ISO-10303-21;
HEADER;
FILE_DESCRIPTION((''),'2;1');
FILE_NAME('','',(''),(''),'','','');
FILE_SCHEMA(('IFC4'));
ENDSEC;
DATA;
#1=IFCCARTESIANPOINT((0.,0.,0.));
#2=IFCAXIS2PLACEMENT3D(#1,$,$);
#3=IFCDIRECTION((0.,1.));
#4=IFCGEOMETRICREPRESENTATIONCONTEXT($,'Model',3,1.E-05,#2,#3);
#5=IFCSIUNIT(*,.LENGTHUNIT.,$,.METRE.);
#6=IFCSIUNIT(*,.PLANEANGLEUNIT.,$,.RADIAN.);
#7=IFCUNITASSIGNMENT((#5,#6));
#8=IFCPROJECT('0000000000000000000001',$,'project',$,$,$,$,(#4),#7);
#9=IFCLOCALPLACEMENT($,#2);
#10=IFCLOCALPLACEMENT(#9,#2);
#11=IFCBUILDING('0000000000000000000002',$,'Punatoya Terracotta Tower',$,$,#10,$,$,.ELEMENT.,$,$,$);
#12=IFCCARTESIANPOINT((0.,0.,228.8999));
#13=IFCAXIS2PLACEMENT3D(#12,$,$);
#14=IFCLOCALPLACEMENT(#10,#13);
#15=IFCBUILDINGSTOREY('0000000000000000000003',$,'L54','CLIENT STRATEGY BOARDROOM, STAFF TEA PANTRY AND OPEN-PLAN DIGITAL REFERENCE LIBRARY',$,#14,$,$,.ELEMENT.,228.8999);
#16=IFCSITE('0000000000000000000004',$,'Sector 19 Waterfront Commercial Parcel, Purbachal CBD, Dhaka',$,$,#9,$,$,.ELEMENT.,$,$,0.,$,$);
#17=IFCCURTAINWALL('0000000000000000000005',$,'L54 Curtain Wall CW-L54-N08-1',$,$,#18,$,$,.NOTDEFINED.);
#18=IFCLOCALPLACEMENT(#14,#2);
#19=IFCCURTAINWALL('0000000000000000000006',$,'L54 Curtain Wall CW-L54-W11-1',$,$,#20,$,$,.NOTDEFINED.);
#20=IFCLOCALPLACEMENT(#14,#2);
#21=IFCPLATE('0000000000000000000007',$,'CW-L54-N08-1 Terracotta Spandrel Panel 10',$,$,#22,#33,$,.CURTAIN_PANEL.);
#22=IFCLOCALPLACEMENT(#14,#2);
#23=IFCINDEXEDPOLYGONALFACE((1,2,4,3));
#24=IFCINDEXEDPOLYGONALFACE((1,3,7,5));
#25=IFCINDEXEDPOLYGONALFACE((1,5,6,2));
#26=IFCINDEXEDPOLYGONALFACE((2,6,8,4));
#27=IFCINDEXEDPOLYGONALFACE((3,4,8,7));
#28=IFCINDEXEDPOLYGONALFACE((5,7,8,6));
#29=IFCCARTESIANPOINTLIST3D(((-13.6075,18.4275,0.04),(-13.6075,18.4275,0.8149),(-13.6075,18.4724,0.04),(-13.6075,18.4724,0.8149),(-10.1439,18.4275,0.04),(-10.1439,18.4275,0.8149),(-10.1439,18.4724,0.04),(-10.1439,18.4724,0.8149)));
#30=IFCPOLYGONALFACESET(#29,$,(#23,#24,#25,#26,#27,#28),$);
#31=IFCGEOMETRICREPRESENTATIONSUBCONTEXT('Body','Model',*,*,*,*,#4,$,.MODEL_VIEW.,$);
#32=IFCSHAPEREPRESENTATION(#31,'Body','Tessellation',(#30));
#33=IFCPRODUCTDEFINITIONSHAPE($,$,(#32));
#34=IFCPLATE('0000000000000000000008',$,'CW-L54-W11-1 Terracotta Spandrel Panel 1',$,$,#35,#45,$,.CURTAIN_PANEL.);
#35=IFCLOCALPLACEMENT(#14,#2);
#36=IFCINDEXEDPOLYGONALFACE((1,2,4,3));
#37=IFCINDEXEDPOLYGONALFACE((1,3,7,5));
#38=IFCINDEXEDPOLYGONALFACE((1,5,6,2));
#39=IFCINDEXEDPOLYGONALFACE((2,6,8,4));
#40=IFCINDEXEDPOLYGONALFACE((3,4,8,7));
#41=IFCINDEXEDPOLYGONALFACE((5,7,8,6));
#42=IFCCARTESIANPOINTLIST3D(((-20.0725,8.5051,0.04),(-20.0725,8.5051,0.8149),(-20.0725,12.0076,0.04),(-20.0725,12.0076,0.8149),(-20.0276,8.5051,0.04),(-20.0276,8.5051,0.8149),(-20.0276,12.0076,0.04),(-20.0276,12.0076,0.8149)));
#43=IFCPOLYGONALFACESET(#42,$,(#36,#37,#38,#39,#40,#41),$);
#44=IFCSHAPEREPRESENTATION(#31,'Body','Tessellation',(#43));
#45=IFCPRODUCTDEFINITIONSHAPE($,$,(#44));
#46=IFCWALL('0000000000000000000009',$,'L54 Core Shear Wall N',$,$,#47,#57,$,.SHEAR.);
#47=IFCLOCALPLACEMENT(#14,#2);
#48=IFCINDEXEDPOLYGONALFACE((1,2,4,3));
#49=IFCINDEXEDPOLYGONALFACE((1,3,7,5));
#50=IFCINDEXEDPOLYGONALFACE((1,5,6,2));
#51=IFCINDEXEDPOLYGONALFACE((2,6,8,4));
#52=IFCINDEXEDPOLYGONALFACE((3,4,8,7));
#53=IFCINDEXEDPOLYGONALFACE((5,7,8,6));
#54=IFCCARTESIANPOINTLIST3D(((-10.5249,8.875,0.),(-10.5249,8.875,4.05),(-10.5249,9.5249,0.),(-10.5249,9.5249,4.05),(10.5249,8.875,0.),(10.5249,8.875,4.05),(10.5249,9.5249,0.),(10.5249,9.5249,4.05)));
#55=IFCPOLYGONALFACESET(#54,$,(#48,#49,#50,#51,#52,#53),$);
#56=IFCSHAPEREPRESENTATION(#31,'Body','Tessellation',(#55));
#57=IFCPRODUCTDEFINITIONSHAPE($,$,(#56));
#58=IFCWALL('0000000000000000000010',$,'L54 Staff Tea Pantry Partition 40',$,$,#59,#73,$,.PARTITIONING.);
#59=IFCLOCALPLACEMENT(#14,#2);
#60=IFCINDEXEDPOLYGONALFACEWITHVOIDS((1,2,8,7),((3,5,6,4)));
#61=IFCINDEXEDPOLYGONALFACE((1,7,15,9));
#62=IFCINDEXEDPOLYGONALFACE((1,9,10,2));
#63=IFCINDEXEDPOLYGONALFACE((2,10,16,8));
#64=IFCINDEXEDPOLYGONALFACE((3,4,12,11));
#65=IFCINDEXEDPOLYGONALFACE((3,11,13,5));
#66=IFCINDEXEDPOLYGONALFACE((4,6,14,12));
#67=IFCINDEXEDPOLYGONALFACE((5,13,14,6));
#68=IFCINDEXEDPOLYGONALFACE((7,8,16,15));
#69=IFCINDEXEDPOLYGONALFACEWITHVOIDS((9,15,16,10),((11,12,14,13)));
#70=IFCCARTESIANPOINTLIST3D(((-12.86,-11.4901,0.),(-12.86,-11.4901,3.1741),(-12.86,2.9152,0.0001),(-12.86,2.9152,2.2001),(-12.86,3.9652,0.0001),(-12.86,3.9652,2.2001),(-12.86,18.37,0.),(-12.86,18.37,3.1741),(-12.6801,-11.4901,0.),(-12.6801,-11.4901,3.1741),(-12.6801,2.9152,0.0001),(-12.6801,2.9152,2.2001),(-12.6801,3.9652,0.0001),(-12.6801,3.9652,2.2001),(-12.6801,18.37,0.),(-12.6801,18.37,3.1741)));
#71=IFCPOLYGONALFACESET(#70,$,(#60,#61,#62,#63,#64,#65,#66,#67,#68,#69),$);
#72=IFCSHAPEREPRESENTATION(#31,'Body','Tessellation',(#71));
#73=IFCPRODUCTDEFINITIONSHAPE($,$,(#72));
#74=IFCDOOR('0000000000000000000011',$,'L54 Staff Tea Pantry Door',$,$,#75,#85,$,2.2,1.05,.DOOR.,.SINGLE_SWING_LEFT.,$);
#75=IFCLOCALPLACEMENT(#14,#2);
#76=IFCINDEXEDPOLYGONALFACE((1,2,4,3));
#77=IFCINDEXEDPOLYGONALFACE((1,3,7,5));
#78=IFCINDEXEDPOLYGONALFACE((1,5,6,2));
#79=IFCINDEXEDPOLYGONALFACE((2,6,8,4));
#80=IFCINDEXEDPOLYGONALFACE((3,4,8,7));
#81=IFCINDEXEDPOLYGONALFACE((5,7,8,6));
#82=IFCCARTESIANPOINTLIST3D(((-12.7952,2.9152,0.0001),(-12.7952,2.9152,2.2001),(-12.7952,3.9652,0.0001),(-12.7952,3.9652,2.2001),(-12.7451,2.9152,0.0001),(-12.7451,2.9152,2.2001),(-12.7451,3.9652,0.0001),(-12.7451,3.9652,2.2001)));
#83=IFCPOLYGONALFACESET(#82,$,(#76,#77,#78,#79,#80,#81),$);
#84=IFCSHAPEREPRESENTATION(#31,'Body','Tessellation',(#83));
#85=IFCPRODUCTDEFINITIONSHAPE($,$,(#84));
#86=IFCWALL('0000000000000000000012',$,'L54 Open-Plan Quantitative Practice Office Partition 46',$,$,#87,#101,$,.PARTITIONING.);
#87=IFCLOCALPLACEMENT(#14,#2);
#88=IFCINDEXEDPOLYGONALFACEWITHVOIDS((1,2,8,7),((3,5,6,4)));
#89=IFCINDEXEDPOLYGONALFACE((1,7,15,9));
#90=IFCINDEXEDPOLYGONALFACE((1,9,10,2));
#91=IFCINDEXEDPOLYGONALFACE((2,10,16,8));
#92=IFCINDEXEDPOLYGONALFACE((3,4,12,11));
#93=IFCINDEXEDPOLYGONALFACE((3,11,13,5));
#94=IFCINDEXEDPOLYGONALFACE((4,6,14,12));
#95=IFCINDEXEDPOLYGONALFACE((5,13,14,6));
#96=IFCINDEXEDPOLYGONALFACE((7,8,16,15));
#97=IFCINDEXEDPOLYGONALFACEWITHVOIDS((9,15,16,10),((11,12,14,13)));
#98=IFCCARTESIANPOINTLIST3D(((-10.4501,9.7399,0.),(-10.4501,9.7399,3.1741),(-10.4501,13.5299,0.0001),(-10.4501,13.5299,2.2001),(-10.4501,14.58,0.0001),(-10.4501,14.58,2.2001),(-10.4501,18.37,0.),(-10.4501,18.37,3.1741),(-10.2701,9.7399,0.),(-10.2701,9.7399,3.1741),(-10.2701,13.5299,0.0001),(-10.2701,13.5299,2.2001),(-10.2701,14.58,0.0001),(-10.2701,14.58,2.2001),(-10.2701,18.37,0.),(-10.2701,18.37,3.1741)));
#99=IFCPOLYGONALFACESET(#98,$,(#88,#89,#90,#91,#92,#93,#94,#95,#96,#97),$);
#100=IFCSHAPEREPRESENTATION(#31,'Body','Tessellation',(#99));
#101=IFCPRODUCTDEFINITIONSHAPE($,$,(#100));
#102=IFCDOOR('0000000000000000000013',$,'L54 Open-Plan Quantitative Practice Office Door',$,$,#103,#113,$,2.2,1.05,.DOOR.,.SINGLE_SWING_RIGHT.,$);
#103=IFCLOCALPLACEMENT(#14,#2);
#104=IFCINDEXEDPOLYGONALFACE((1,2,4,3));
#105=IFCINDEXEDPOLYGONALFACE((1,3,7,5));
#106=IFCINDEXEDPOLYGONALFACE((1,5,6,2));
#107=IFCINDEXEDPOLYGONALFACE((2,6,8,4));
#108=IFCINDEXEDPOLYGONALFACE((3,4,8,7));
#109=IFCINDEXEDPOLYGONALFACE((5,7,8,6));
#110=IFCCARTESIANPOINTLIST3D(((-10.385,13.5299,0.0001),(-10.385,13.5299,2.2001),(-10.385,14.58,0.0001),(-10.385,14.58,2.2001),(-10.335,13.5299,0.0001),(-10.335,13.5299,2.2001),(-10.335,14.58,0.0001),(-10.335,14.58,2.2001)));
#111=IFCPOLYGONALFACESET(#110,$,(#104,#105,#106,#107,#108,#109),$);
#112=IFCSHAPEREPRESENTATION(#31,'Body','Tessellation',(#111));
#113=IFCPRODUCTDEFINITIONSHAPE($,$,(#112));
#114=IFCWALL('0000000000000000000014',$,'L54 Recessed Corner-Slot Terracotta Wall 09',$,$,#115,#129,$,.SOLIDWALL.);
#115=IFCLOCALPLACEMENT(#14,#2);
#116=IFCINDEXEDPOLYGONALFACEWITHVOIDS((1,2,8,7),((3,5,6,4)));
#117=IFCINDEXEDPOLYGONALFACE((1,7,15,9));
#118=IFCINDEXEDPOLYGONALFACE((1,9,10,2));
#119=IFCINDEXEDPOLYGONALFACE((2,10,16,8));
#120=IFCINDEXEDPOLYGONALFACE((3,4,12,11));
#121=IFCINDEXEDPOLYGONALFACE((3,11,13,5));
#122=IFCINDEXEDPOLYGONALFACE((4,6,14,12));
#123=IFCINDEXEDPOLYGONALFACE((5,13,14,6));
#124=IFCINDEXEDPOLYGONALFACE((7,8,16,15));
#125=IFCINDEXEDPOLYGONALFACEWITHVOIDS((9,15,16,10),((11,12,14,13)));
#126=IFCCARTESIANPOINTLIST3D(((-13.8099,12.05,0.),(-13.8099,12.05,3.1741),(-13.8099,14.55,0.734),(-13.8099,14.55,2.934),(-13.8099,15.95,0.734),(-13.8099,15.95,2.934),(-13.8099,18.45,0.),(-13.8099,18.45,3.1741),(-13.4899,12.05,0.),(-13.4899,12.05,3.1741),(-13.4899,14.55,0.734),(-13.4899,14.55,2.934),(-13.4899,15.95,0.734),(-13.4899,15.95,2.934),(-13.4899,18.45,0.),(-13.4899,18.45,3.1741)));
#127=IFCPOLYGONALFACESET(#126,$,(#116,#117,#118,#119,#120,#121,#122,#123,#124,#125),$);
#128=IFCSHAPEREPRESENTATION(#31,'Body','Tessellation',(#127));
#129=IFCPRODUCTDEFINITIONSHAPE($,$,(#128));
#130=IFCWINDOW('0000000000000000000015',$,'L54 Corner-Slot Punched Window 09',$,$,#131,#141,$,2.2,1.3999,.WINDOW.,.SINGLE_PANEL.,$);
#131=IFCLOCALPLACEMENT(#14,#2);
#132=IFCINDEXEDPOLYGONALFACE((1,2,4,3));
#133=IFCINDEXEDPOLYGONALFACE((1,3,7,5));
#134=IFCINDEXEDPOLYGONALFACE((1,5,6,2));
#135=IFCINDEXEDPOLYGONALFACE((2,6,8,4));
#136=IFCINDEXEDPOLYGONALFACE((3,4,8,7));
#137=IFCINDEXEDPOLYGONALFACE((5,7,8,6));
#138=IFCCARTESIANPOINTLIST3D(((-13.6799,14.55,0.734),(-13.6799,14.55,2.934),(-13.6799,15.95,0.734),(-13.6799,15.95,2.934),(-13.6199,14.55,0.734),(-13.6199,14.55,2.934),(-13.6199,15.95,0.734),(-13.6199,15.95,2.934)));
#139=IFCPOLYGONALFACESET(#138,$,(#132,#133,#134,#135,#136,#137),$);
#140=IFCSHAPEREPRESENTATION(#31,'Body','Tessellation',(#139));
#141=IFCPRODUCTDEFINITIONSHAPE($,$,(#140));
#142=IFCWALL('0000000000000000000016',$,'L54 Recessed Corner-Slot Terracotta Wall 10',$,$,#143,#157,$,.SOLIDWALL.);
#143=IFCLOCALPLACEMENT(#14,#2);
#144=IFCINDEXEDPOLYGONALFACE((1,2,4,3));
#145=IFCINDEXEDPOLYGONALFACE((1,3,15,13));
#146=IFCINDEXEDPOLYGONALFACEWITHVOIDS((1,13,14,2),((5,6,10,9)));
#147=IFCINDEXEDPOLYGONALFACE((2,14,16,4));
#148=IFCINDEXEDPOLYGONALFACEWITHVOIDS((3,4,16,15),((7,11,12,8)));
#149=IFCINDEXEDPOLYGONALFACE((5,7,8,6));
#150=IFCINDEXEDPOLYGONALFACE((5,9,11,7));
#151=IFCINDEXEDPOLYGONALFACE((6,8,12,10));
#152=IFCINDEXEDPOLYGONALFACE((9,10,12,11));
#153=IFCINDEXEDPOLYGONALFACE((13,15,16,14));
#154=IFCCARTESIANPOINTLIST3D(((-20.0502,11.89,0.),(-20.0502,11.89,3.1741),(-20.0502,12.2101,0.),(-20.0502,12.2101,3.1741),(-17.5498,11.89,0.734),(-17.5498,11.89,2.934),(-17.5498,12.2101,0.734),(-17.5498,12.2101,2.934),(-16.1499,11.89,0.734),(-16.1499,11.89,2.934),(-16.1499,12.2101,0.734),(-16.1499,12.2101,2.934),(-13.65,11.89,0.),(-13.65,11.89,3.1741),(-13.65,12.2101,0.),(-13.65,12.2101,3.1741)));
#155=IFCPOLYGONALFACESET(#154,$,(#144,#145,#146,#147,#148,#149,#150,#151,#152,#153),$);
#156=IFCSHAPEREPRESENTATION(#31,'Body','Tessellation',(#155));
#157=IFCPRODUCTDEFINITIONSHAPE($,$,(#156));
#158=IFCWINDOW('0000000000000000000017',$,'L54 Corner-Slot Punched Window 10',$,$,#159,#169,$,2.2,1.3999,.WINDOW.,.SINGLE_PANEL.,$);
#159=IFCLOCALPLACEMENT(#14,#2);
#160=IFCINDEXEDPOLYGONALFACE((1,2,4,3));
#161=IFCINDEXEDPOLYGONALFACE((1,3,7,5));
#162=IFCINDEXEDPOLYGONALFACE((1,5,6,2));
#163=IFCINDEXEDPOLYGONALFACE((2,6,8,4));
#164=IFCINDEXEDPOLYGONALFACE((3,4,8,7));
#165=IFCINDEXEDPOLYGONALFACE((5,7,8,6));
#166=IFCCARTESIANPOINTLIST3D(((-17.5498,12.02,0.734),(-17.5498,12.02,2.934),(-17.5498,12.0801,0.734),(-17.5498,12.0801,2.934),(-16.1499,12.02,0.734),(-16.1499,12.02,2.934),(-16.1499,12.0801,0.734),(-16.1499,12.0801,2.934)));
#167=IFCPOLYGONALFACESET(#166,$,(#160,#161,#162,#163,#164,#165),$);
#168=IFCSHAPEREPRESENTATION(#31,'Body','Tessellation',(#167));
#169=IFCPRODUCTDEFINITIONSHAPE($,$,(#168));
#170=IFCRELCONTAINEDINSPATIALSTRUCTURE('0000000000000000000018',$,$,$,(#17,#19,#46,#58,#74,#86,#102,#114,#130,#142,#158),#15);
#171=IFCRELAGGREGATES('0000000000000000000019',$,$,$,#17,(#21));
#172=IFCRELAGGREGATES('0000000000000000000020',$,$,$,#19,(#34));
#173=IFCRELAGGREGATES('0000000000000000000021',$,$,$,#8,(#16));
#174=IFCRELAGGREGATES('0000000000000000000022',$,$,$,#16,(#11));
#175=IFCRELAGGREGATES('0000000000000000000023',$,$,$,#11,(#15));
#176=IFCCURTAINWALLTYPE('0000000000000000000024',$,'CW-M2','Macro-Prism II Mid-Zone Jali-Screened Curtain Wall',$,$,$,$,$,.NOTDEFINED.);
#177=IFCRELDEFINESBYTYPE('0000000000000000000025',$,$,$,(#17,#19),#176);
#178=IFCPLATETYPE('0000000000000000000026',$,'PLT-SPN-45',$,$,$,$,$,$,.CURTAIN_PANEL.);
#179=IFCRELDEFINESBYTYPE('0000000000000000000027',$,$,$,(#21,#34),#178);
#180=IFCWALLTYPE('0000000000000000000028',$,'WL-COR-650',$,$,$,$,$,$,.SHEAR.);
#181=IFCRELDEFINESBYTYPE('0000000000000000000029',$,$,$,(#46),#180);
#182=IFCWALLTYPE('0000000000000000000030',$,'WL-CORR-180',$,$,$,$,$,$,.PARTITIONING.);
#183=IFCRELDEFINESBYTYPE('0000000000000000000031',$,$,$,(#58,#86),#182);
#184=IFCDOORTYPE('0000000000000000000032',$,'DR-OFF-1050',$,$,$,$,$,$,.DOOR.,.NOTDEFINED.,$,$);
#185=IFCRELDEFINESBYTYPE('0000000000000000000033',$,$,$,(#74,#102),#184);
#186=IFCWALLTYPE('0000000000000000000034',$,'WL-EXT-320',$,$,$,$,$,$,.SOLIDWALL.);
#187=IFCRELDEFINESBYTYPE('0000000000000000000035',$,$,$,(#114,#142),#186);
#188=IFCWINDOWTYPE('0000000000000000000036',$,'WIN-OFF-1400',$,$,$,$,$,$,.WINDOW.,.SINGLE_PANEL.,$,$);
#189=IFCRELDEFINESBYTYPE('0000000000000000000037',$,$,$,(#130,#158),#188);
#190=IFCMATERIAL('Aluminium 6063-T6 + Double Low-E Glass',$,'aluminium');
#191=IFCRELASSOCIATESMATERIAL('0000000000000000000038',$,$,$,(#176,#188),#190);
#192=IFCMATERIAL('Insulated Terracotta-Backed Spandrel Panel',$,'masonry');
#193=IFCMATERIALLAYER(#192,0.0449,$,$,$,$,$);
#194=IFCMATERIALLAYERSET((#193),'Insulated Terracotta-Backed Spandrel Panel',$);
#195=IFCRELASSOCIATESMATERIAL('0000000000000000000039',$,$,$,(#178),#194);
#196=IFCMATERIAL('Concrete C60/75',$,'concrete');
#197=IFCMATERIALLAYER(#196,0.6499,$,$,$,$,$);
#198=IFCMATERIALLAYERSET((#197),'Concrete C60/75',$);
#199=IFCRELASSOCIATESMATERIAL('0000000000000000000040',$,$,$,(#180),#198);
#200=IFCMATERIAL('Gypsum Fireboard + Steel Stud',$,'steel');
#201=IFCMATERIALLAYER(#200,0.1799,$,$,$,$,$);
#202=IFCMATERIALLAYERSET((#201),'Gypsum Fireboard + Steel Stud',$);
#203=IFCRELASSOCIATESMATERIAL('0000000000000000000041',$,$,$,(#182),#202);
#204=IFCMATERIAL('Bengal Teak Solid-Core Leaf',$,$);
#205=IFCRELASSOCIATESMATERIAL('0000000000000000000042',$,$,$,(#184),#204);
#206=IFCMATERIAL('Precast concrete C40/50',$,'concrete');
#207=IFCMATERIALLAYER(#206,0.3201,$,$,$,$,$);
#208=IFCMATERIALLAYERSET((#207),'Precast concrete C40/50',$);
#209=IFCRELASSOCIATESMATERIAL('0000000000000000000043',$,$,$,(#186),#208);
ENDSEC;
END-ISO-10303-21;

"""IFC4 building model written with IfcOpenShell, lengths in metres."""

from ifc_helpers import new_model, si_unit, direction, frame, frame_2d, origin, origin_2d, place, context, subcontext, project, spatial, rectangle, extrude, material, layer, layer_set, type_object, element, fill, aggregate, save


model = new_model("IFC4")

# Units and contexts
model_context = context("Model", 3, precision=1e-05, world=origin(), true_north=direction((0.0, 1.0)))
body_context = subcontext(model_context, "Body", "Model", "MODEL_VIEW")
ifc_project = project(units=[si_unit("LENGTHUNIT", "METRE"), si_unit("PLANEANGLEUNIT", "RADIAN")], contexts=[model_context])

# Site, building, storey
site_placement = place(None, origin())
site = spatial("IfcSite", under=ifc_project, at=site_placement, Name="Sector 19 Waterfront Commercial Parcel, Purbachal CBD, Dhaka", CompositionType="ELEMENT", RefElevation=0.0)
building_placement = place(site_placement, origin())
building = spatial("IfcBuilding", under=site, at=building_placement, Name="Punatoya Terracotta Tower", CompositionType="ELEMENT")
storey_placement = place(building_placement, frame((0.0, 0.0, 228.8999)))
storey = spatial("IfcBuildingStorey", under=building, at=storey_placement, Name="L54", Description="CLIENT STRATEGY BOARDROOM, STAFF TEA PANTRY AND OPEN-PLAN DIGITAL REFERENCE LIBRARY", CompositionType="ELEMENT", Elevation=228.8999)

# Curtain walls
ifc_material_1 = material(Name="Aluminium 6063-T6 + Double Low-E Glass", Category="aluminium")
curtain_wall_type = type_object("IfcCurtainWallType", Name="CW-M2", Description="Macro-Prism II Mid-Zone Jali-Screened Curtain Wall", PredefinedType="NOTDEFINED", material=ifc_material_1)
curtain_wall_1_placement = place(storey_placement, origin())
curtain_wall_1 = element("IfcCurtainWall", 1, at=curtain_wall_1_placement, inside=storey, type_object=curtain_wall_type, Name="L54 Curtain Wall CW-L54-N08-1", PredefinedType="NOTDEFINED")
curtain_wall_2_placement = place(storey_placement, origin())
curtain_wall_2 = element("IfcCurtainWall", 2, at=curtain_wall_2_placement, inside=storey, type_object=curtain_wall_type, Name="L54 Curtain Wall CW-L54-W11-1", PredefinedType="NOTDEFINED")

# Plates
ifc_material_2 = material(Name="Insulated Terracotta-Backed Spandrel Panel", Category="masonry")
ifc_layer_1 = layer(ifc_material_2, 0.0449)
ifc_layer_set_1 = layer_set([ifc_layer_1], Name="Insulated Terracotta-Backed Spandrel Panel")
plate_type_1 = type_object("IfcPlateType", Name="PLT-SPN-45", PredefinedType="CURTAIN_PANEL", material=ifc_layer_set_1)
plate_1_placement = place(storey_placement, frame((-11.8757, 18.45, 0.04), z_axis=(0.0, 0.0, 1.0), x_axis=(-1.0, 0.0, 0.0)))
plate_1 = element("IfcPlate", 3, at=plate_1_placement, type_object=plate_type_1, Name="CW-L54-N08-1 Terracotta Spandrel Panel 10", PredefinedType="CURTAIN_PANEL", context=body_context, shape_type="SweptSolid", body=[
    extrude(rectangle(XDim=3.4636, YDim=0.0449, at=origin_2d()), origin(), (0.0, 0.0, 1.0), 0.7749),
])
aggregate(curtain_wall_1, [plate_1])
plate_2_placement = place(storey_placement, frame((-20.05, 10.2563, 0.04), z_axis=(0.0, 0.0, 1.0), x_axis=(0.0, -1.0, 0.0)))
plate_2 = element("IfcPlate", 4, at=plate_2_placement, type_object=plate_type_1, Name="CW-L54-W11-1 Terracotta Spandrel Panel 1", PredefinedType="CURTAIN_PANEL", context=body_context, shape_type="SweptSolid", body=[
    extrude(rectangle(XDim=3.5024, YDim=0.0449, at=origin_2d()), origin(), (0.0, 0.0, 1.0), 0.7749),
])
aggregate(curtain_wall_2, [plate_2])

# Wall
ifc_material_3 = material(Name="Concrete C60/75", Category="concrete")
ifc_layer_2 = layer(ifc_material_3, 0.6499)
ifc_layer_set_2 = layer_set([ifc_layer_2], Name="Concrete C60/75")
wall_type_1 = type_object("IfcWallType", Name="WL-COR-650", PredefinedType="SHEAR", material=ifc_layer_set_2)
wall_1_placement = place(storey_placement, frame((-10.5249, 9.2, 0.0), z_axis=(0.0, 0.0, 1.0), x_axis=(1.0, 0.0, 0.0)))
element("IfcWall", 5, at=wall_1_placement, inside=storey, type_object=wall_type_1, Name="L54 Core Shear Wall N", PredefinedType="SHEAR", context=body_context, shape_type="SweptSolid", body=[
    extrude(rectangle(XDim=21.0498, YDim=0.6499, at=frame_2d((10.5249, 0.0))), origin(), (0.0, 0.0, 1.0), 4.05),
])

# Walls, openings, doors
ifc_material_4 = material(Name="Gypsum Fireboard + Steel Stud", Category="steel")
ifc_layer_3 = layer(ifc_material_4, 0.1799)
ifc_layer_set_3 = layer_set([ifc_layer_3], Name="Gypsum Fireboard + Steel Stud")
wall_type_2 = type_object("IfcWallType", Name="WL-CORR-180", PredefinedType="PARTITIONING", material=ifc_layer_set_3)
wall_2_placement = place(storey_placement, frame((-12.77, 18.3701, 0.0), z_axis=(0.0, 0.0, 1.0), x_axis=(0.0, -1.0, 0.0)))
wall_2 = element("IfcWall", 6, at=wall_2_placement, inside=storey, type_object=wall_type_2, Name="L54 Staff Tea Pantry Partition 40", PredefinedType="PARTITIONING", context=body_context, shape_type="SweptSolid", body=[
    extrude(rectangle(XDim=29.8601, YDim=0.1799, at=frame_2d((14.9302, 0.0))), origin(), (0.0, 0.0, 1.0), 3.1741),
])
opening_1_placement = place(wall_2_placement, frame((14.405, 0.0, 0.0)))
opening_1 = element("IfcOpeningElement", 7, at=opening_1_placement, cuts=wall_2, PredefinedType="OPENING", context=body_context, shape_type="SweptSolid", body=[
    extrude(rectangle(XDim=1.05, YDim=2.2, at=frame_2d((0.5249, 1.1001))), frame((0.0, 0.0999, 0.0), z_axis=(0.0, -1.0, 0.0), x_axis=(1.0, 0.0, 0.0)), (0.0, 0.0, 1.0), 0.2),
])
ifc_material_5 = material(Name="Bengal Teak Solid-Core Leaf")
door_type = type_object("IfcDoorType", Name="DR-OFF-1050", OperationType="NOTDEFINED", PredefinedType="DOOR", material=ifc_material_5)
door_1_placement = place(opening_1_placement, origin())
door_1 = element("IfcDoor", 8, at=door_1_placement, inside=storey, type_object=door_type, Name="L54 Staff Tea Pantry Door", OperationType="SINGLE_SWING_LEFT", OverallHeight=2.2, OverallWidth=1.05, PredefinedType="DOOR", context=body_context, shape_type="SweptSolid", body=[
    extrude(rectangle(XDim=1.05, YDim=2.2, at=frame_2d((0.5249, 1.1001))), frame((0.0, 0.0249, 0.0), z_axis=(0.0, -1.0, 0.0), x_axis=(1.0, 0.0, 0.0)), (0.0, 0.0, 1.0), 0.05),
])
fill(opening_1, door_1)
wall_3_placement = place(storey_placement, frame((-10.3601, 9.74, 0.0), z_axis=(0.0, 0.0, 1.0), x_axis=(0.0, 1.0, 0.0)))
wall_3 = element("IfcWall", 9, at=wall_3_placement, inside=storey, type_object=wall_type_2, Name="L54 Open-Plan Quantitative Practice Office Partition 46", PredefinedType="PARTITIONING", context=body_context, shape_type="SweptSolid", body=[
    extrude(rectangle(XDim=8.6301, YDim=0.1799, at=frame_2d((4.3149, 0.0))), origin(), (0.0, 0.0, 1.0), 3.1741),
])
opening_2_placement = place(wall_3_placement, frame((3.79, 0.0, 0.0)))
opening_2 = element("IfcOpeningElement", 10, at=opening_2_placement, cuts=wall_3, PredefinedType="OPENING", context=body_context, shape_type="SweptSolid", body=[
    extrude(rectangle(XDim=1.05, YDim=2.2, at=frame_2d((0.5249, 1.1001))), frame((0.0, 0.0999, 0.0), z_axis=(0.0, -1.0, 0.0), x_axis=(1.0, 0.0, 0.0)), (0.0, 0.0, 1.0), 0.2),
])
door_2_placement = place(opening_2_placement, origin())
door_2 = element("IfcDoor", 11, at=door_2_placement, inside=storey, type_object=door_type, Name="L54 Open-Plan Quantitative Practice Office Door", OperationType="SINGLE_SWING_RIGHT", OverallHeight=2.2, OverallWidth=1.05, PredefinedType="DOOR", context=body_context, shape_type="SweptSolid", body=[
    extrude(rectangle(XDim=1.05, YDim=2.2, at=frame_2d((0.5249, 1.1001))), frame((0.0, 0.0249, 0.0), z_axis=(0.0, -1.0, 0.0), x_axis=(1.0, 0.0, 0.0)), (0.0, 0.0, 1.0), 0.05),
])
fill(opening_2, door_2)

# Walls, openings, windows
ifc_material_6 = material(Name="Precast concrete C40/50", Category="concrete")
ifc_layer_4 = layer(ifc_material_6, 0.3201)
ifc_layer_set_4 = layer_set([ifc_layer_4], Name="Precast concrete C40/50")
wall_type_3 = type_object("IfcWallType", Name="WL-EXT-320", PredefinedType="SOLIDWALL", material=ifc_layer_set_4)
wall_4_placement = place(storey_placement, frame((-13.6499, 18.45, 0.0), z_axis=(0.0, 0.0, 1.0), x_axis=(0.0, -1.0, 0.0)))
wall_4 = element("IfcWall", 12, at=wall_4_placement, inside=storey, type_object=wall_type_3, Name="L54 Recessed Corner-Slot Terracotta Wall 09", PredefinedType="SOLIDWALL", context=body_context, shape_type="SweptSolid", body=[
    extrude(rectangle(XDim=6.3999, YDim=0.3201, at=frame_2d((3.2, 0.0))), origin(), (0.0, 0.0, 1.0), 3.1741),
])
opening_3_placement = place(wall_4_placement, frame((2.5, 0.0, 0.7339)))
opening_3 = element("IfcOpeningElement", 13, at=opening_3_placement, cuts=wall_4, PredefinedType="OPENING", context=body_context, shape_type="SweptSolid", body=[
    extrude(rectangle(XDim=1.3999, YDim=2.2, at=frame_2d((0.7, 1.1001))), frame((0.0, 0.1699, 0.0), z_axis=(0.0, -1.0, 0.0), x_axis=(1.0, 0.0, 0.0)), (0.0, 0.0, 1.0), 0.3401),
])
window_type = type_object("IfcWindowType", Name="WIN-OFF-1400", PartitioningType="SINGLE_PANEL", PredefinedType="WINDOW", material=ifc_material_1)
window_1_placement = place(opening_3_placement, origin())
window_1 = element("IfcWindow", 14, at=window_1_placement, inside=storey, type_object=window_type, Name="L54 Corner-Slot Punched Window 09", OverallHeight=2.2, OverallWidth=1.3999, PartitioningType="SINGLE_PANEL", PredefinedType="WINDOW", context=body_context, shape_type="SweptSolid", body=[
    extrude(rectangle(XDim=1.3999, YDim=2.2, at=frame_2d((0.7, 1.1001))), frame((0.0, 0.03, 0.0), z_axis=(0.0, -1.0, 0.0), x_axis=(1.0, 0.0, 0.0)), (0.0, 0.0, 1.0), 0.0601),
])
fill(opening_3, window_1)
wall_5_placement = place(storey_placement, frame((-13.6499, 12.05, 0.0), z_axis=(0.0, 0.0, 1.0), x_axis=(-1.0, 0.0, 0.0)))
wall_5 = element("IfcWall", 15, at=wall_5_placement, inside=storey, type_object=wall_type_3, Name="L54 Recessed Corner-Slot Terracotta Wall 10", PredefinedType="SOLIDWALL", context=body_context, shape_type="SweptSolid", body=[
    extrude(rectangle(XDim=6.4001, YDim=0.3201, at=frame_2d((3.2002, 0.0))), origin(), (0.0, 0.0, 1.0), 3.1741),
])
opening_4_placement = place(wall_5_placement, frame((2.5, 0.0, 0.7339)))
opening_4 = element("IfcOpeningElement", 16, at=opening_4_placement, cuts=wall_5, PredefinedType="OPENING", context=body_context, shape_type="SweptSolid", body=[
    extrude(rectangle(XDim=1.3999, YDim=2.2, at=frame_2d((0.7, 1.1001))), frame((0.0, 0.1699, 0.0), z_axis=(0.0, -1.0, 0.0), x_axis=(1.0, 0.0, 0.0)), (0.0, 0.0, 1.0), 0.3401),
])
window_2_placement = place(opening_4_placement, origin())
window_2 = element("IfcWindow", 17, at=window_2_placement, inside=storey, type_object=window_type, Name="L54 Corner-Slot Punched Window 10", OverallHeight=2.2, OverallWidth=1.3999, PartitioningType="SINGLE_PANEL", PredefinedType="WINDOW", context=body_context, shape_type="SweptSolid", body=[
    extrude(rectangle(XDim=1.3999, YDim=2.2, at=frame_2d((0.7, 1.1001))), frame((0.0, 0.03, 0.0), z_axis=(0.0, -1.0, 0.0), x_axis=(1.0, 0.0, 0.0)), (0.0, 0.0, 1.0), 0.0601),
])
fill(opening_4, window_2)

save(model, "model.ifc")
